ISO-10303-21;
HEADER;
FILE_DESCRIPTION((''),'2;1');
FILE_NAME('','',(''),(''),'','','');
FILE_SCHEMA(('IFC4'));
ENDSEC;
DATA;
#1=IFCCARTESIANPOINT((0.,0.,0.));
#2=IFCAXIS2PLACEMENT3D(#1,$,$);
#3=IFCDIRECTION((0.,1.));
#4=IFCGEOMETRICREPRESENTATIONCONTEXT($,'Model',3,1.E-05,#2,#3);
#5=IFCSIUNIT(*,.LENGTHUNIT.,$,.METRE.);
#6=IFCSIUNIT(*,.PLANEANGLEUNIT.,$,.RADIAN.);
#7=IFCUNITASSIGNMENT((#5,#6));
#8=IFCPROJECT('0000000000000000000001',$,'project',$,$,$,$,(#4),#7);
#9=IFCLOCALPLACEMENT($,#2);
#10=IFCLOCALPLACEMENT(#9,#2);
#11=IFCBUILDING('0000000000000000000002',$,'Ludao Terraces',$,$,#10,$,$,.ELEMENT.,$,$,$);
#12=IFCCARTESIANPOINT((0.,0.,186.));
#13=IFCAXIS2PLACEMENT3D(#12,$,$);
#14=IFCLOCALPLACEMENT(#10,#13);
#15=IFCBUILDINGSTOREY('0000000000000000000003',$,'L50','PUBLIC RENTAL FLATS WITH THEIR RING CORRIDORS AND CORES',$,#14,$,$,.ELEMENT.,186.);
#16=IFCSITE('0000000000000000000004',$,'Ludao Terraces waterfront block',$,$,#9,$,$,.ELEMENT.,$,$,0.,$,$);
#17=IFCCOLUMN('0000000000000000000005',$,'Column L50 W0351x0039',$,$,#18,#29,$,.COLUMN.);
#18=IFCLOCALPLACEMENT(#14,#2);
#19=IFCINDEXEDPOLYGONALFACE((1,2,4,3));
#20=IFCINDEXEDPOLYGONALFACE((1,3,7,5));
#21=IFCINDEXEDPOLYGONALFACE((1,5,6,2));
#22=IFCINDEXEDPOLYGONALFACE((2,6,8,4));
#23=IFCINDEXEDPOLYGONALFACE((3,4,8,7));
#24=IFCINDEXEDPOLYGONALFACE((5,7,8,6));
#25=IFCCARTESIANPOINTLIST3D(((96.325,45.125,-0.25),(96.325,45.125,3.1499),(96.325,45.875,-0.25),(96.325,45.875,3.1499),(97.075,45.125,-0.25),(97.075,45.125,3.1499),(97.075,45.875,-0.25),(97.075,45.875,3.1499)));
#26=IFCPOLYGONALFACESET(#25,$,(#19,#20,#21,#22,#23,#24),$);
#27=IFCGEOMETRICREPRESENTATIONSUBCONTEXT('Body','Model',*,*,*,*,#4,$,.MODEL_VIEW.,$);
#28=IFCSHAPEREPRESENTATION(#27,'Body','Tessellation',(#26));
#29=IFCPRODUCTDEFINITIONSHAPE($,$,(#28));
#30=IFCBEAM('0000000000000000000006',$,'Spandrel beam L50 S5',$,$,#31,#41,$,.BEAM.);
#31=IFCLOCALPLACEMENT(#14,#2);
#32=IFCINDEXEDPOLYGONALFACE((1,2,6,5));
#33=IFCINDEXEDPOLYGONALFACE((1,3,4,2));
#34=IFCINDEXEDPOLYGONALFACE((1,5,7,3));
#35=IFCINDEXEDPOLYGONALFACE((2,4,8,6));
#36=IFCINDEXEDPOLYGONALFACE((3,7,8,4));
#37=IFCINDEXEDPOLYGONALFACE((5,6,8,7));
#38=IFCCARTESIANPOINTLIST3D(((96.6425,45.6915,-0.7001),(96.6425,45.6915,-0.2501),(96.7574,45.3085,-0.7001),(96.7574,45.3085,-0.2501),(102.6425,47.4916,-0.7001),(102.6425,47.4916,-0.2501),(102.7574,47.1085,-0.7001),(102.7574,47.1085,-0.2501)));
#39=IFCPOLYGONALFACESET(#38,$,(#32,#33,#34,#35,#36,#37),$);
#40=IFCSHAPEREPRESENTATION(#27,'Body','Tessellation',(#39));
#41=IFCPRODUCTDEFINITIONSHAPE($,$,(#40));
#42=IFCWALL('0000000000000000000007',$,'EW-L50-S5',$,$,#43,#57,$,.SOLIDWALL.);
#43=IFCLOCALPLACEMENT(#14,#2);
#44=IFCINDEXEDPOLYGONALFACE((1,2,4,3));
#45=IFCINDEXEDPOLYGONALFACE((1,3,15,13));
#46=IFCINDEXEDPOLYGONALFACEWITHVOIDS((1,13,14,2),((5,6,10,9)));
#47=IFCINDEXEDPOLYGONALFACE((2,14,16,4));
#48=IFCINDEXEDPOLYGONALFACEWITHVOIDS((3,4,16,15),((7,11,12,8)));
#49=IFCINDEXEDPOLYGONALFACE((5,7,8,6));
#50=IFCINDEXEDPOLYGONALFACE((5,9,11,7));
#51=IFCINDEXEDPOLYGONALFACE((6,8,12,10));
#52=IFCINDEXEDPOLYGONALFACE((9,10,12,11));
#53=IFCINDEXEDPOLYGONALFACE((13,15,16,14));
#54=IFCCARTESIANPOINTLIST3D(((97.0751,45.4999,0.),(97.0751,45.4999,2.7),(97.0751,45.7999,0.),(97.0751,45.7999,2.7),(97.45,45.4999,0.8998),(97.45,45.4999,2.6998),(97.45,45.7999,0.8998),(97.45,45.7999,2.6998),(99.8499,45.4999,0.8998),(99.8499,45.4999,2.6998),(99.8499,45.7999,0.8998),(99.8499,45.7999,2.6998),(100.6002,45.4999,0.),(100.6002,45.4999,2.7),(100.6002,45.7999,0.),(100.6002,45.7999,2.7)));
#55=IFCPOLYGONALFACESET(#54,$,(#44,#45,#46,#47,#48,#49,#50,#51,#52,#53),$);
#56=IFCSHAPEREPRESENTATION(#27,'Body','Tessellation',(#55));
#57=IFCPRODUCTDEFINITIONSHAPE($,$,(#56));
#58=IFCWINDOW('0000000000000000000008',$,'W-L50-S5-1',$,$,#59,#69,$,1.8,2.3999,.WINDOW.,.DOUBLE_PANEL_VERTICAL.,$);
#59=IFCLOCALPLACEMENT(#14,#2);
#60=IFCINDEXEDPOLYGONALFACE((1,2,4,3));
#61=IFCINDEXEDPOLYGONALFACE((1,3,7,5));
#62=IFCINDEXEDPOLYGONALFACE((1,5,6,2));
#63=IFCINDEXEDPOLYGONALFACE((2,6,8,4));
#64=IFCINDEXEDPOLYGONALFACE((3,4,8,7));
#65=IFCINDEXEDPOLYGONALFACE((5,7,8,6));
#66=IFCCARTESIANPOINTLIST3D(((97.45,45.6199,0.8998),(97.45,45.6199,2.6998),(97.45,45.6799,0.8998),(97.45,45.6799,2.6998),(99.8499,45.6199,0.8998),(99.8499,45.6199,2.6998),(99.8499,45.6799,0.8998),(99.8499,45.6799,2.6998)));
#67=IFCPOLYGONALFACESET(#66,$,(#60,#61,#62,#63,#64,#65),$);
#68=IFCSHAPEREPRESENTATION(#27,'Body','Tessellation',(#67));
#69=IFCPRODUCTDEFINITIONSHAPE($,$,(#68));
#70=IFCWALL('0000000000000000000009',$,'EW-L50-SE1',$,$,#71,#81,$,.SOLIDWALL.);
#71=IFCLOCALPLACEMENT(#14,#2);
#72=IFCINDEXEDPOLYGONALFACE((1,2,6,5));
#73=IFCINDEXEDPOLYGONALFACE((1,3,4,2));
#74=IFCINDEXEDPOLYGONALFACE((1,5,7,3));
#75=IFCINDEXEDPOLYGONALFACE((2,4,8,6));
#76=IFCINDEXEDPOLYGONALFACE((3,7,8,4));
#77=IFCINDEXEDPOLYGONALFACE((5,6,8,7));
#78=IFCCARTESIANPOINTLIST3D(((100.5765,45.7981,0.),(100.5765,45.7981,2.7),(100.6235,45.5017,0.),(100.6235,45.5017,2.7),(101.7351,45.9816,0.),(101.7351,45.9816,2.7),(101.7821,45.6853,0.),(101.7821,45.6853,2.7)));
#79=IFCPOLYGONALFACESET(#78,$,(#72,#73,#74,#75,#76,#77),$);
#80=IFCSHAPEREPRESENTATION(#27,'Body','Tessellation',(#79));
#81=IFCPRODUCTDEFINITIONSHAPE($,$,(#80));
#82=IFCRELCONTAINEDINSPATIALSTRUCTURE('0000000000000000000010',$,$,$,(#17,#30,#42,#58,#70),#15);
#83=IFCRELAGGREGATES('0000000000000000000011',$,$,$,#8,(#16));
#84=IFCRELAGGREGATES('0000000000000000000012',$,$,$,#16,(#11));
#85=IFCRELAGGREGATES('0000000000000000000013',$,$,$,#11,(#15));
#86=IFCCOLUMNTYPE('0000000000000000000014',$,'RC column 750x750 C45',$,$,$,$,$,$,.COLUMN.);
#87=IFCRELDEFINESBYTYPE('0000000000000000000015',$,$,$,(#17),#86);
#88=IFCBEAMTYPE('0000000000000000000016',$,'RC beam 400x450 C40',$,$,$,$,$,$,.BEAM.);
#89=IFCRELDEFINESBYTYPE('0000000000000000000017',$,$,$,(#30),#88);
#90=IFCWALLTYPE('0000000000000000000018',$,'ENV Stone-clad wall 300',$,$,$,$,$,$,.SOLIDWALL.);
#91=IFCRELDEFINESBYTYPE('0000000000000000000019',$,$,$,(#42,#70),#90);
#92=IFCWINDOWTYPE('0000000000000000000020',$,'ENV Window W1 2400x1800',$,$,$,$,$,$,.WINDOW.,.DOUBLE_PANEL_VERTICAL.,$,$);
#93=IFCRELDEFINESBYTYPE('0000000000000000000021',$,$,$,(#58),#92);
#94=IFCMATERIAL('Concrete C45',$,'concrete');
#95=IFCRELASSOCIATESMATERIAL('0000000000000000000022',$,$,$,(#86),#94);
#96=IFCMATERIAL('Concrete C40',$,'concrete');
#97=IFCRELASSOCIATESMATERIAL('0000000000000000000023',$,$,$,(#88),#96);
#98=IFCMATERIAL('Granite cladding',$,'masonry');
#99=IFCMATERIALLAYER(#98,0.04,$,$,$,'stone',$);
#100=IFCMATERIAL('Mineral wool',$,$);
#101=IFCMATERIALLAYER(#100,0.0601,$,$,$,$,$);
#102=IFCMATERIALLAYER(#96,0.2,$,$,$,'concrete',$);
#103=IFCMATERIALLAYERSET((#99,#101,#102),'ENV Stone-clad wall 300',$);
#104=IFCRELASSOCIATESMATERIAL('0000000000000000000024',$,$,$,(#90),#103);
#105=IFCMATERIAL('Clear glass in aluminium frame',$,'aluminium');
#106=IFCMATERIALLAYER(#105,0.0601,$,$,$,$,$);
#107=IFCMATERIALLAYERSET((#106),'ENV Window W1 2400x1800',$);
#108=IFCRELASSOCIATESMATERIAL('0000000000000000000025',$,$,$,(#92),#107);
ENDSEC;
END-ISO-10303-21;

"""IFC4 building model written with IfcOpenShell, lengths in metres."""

from ifc_helpers import new_model, si_unit, direction, frame, frame_2d, origin, origin_2d, place, context, subcontext, project, spatial, rectangle, extrude, material, layer, layer_set, material_profile, profile_set, type_object, element, fill, save


model = new_model("IFC4")

# Units and contexts
model_context = context("Model", 3, precision=1e-05, world=origin(), true_north=direction((0.0, 1.0)))
body_context = subcontext(model_context, "Body", "Model", "MODEL_VIEW")
ifc_project = project(units=[si_unit("LENGTHUNIT", "METRE"), si_unit("PLANEANGLEUNIT", "RADIAN")], contexts=[model_context])

# Site, building, storey
site_placement = place(None, origin())
site = spatial("IfcSite", under=ifc_project, at=site_placement, Name="Ludao Terraces waterfront block", CompositionType="ELEMENT", RefElevation=0.0)
building_placement = place(site_placement, origin())
building = spatial("IfcBuilding", under=site, at=building_placement, Name="Ludao Terraces", CompositionType="ELEMENT")
storey_placement = place(building_placement, frame((0.0, 0.0, 186.0)))
storey = spatial("IfcBuildingStorey", under=building, at=storey_placement, Name="L50", Description="PUBLIC RENTAL FLATS WITH THEIR RING CORRIDORS AND CORES", CompositionType="ELEMENT", Elevation=186.0)

# Column
ifc_material_1 = material(Name="Concrete C45", Category="concrete")
ifc_material_profile_1 = material_profile(ifc_material_1, rectangle(XDim=0.75, YDim=0.75, at=origin_2d()), Name="750 X 750")
ifc_profile_set_1 = profile_set([ifc_material_profile_1], Name="Concrete C45")
column_type = type_object("IfcColumnType", Name="RC column 750x750 C45", PredefinedType="COLUMN", material=ifc_profile_set_1)
column_placement = place(storey_placement, frame((96.7, 45.5, -0.25), z_axis=(0.0, 0.0, 1.0), x_axis=(1.0, 0.0, 0.0)))
element("IfcColumn", 1, at=column_placement, inside=storey, type_object=column_type, Name="Column L50 W0351x0039", PredefinedType="COLUMN", context=body_context, shape_type="SweptSolid", body=[
    extrude(rectangle(XDim=0.75, YDim=0.75, at=origin_2d()), origin(), (0.0, 0.0, 1.0), 3.3999),
])

# Beam
ifc_material_2 = material(Name="Concrete C40", Category="concrete")
ifc_material_profile_2 = material_profile(ifc_material_2, rectangle(XDim=0.3999, YDim=0.45, at=origin_2d()), Name="400 X 450")
ifc_profile_set_2 = profile_set([ifc_material_profile_2], Name="Concrete C40")
beam_type = type_object("IfcBeamType", Name="RC beam 400x450 C40", PredefinedType="BEAM", material=ifc_profile_set_2)
beam_placement = place(storey_placement, frame((96.7, 45.5, -0.4751), z_axis=(0.957824, 0.287355, 0.0), x_axis=(-0.287355, 0.957824, 0.0)))
element("IfcBeam", 2, at=beam_placement, inside=storey, type_object=beam_type, Name="Spandrel beam L50 S5", PredefinedType="BEAM", context=body_context, shape_type="SweptSolid", body=[
    extrude(rectangle(XDim=0.3999, YDim=0.45, at=origin_2d()), origin(), (0.0, 0.0, 1.0), 6.2642),
])

# Wall, opening, window
ifc_material_3 = material(Name="Granite cladding", Category="masonry")
ifc_layer_1 = layer(ifc_material_3, 0.04, Category="stone")
ifc_material_4 = material(Name="Mineral wool")
ifc_layer_2 = layer(ifc_material_4, 0.0601)
ifc_layer_3 = layer(ifc_material_2, 0.2, Category="concrete")
ifc_layer_set_1 = layer_set([ifc_layer_1, ifc_layer_2, ifc_layer_3], Name="ENV Stone-clad wall 300")
wall_type = type_object("IfcWallType", Name="ENV Stone-clad wall 300", PredefinedType="SOLIDWALL", material=ifc_layer_set_1)
wall_1_placement = place(storey_placement, frame((97.075, 45.6499, 0.0), z_axis=(0.0, 0.0, 1.0), x_axis=(1.0, 0.0, 0.0)))
wall_1 = element("IfcWall", 3, at=wall_1_placement, inside=storey, type_object=wall_type, Name="EW-L50-S5", PredefinedType="SOLIDWALL", context=body_context, shape_type="SweptSolid", body=[
    extrude(rectangle(XDim=3.5251, YDim=0.3, at=frame_2d((1.7627, 0.0))), origin(), (0.0, 0.0, 1.0), 2.7),
])
opening_placement = place(wall_1_placement, frame((0.375, 0.0, 0.8999)))
opening = element("IfcOpeningElement", 4, at=opening_placement, cuts=wall_1, PredefinedType="OPENING", context=body_context, shape_type="SweptSolid", body=[
    extrude(rectangle(XDim=2.3999, YDim=1.8, at=frame_2d((1.2, 0.8999))), frame((0.0, 0.1602, 0.0), z_axis=(0.0, -1.0, 0.0), x_axis=(1.0, 0.0, 0.0)), (0.0, 0.0, 1.0), 0.3201),
])
ifc_material_5 = material(Name="Clear glass in aluminium frame", Category="aluminium")
ifc_layer_4 = layer(ifc_material_5, 0.0601)
ifc_layer_set_2 = layer_set([ifc_layer_4], Name="ENV Window W1 2400x1800")
window_type = type_object("IfcWindowType", Name="ENV Window W1 2400x1800", PartitioningType="DOUBLE_PANEL_VERTICAL", PredefinedType="WINDOW", material=ifc_layer_set_2)
window_placement = place(opening_placement, origin())
window = element("IfcWindow", 5, at=window_placement, inside=storey, type_object=window_type, Name="W-L50-S5-1", OverallHeight=1.8, OverallWidth=2.3999, PartitioningType="DOUBLE_PANEL_VERTICAL", PredefinedType="WINDOW", context=body_context, shape_type="SweptSolid", body=[
    extrude(rectangle(XDim=2.3999, YDim=1.8, at=frame_2d((1.2, 0.8999))), frame((0.0, 0.03, 0.0), z_axis=(0.0, -1.0, 0.0), x_axis=(1.0, 0.0, 0.0)), (0.0, 0.0, 1.0), 0.0601),
])
fill(opening, window)

# Wall
wall_2_placement = place(storey_placement, frame((100.6001, 45.6499, 0.0), z_axis=(0.0, 0.0, 1.0), x_axis=(0.987678, 0.156497, 0.0)))
element("IfcWall", 6, at=wall_2_placement, inside=storey, type_object=wall_type, Name="EW-L50-SE1", PredefinedType="SOLIDWALL", context=body_context, shape_type="SweptSolid", body=[
    extrude(rectangle(XDim=1.1731, YDim=0.3, at=frame_2d((0.5864, 0.0))), origin(), (0.0, 0.0, 1.0), 2.7),
])

save(model, "model.ifc")
